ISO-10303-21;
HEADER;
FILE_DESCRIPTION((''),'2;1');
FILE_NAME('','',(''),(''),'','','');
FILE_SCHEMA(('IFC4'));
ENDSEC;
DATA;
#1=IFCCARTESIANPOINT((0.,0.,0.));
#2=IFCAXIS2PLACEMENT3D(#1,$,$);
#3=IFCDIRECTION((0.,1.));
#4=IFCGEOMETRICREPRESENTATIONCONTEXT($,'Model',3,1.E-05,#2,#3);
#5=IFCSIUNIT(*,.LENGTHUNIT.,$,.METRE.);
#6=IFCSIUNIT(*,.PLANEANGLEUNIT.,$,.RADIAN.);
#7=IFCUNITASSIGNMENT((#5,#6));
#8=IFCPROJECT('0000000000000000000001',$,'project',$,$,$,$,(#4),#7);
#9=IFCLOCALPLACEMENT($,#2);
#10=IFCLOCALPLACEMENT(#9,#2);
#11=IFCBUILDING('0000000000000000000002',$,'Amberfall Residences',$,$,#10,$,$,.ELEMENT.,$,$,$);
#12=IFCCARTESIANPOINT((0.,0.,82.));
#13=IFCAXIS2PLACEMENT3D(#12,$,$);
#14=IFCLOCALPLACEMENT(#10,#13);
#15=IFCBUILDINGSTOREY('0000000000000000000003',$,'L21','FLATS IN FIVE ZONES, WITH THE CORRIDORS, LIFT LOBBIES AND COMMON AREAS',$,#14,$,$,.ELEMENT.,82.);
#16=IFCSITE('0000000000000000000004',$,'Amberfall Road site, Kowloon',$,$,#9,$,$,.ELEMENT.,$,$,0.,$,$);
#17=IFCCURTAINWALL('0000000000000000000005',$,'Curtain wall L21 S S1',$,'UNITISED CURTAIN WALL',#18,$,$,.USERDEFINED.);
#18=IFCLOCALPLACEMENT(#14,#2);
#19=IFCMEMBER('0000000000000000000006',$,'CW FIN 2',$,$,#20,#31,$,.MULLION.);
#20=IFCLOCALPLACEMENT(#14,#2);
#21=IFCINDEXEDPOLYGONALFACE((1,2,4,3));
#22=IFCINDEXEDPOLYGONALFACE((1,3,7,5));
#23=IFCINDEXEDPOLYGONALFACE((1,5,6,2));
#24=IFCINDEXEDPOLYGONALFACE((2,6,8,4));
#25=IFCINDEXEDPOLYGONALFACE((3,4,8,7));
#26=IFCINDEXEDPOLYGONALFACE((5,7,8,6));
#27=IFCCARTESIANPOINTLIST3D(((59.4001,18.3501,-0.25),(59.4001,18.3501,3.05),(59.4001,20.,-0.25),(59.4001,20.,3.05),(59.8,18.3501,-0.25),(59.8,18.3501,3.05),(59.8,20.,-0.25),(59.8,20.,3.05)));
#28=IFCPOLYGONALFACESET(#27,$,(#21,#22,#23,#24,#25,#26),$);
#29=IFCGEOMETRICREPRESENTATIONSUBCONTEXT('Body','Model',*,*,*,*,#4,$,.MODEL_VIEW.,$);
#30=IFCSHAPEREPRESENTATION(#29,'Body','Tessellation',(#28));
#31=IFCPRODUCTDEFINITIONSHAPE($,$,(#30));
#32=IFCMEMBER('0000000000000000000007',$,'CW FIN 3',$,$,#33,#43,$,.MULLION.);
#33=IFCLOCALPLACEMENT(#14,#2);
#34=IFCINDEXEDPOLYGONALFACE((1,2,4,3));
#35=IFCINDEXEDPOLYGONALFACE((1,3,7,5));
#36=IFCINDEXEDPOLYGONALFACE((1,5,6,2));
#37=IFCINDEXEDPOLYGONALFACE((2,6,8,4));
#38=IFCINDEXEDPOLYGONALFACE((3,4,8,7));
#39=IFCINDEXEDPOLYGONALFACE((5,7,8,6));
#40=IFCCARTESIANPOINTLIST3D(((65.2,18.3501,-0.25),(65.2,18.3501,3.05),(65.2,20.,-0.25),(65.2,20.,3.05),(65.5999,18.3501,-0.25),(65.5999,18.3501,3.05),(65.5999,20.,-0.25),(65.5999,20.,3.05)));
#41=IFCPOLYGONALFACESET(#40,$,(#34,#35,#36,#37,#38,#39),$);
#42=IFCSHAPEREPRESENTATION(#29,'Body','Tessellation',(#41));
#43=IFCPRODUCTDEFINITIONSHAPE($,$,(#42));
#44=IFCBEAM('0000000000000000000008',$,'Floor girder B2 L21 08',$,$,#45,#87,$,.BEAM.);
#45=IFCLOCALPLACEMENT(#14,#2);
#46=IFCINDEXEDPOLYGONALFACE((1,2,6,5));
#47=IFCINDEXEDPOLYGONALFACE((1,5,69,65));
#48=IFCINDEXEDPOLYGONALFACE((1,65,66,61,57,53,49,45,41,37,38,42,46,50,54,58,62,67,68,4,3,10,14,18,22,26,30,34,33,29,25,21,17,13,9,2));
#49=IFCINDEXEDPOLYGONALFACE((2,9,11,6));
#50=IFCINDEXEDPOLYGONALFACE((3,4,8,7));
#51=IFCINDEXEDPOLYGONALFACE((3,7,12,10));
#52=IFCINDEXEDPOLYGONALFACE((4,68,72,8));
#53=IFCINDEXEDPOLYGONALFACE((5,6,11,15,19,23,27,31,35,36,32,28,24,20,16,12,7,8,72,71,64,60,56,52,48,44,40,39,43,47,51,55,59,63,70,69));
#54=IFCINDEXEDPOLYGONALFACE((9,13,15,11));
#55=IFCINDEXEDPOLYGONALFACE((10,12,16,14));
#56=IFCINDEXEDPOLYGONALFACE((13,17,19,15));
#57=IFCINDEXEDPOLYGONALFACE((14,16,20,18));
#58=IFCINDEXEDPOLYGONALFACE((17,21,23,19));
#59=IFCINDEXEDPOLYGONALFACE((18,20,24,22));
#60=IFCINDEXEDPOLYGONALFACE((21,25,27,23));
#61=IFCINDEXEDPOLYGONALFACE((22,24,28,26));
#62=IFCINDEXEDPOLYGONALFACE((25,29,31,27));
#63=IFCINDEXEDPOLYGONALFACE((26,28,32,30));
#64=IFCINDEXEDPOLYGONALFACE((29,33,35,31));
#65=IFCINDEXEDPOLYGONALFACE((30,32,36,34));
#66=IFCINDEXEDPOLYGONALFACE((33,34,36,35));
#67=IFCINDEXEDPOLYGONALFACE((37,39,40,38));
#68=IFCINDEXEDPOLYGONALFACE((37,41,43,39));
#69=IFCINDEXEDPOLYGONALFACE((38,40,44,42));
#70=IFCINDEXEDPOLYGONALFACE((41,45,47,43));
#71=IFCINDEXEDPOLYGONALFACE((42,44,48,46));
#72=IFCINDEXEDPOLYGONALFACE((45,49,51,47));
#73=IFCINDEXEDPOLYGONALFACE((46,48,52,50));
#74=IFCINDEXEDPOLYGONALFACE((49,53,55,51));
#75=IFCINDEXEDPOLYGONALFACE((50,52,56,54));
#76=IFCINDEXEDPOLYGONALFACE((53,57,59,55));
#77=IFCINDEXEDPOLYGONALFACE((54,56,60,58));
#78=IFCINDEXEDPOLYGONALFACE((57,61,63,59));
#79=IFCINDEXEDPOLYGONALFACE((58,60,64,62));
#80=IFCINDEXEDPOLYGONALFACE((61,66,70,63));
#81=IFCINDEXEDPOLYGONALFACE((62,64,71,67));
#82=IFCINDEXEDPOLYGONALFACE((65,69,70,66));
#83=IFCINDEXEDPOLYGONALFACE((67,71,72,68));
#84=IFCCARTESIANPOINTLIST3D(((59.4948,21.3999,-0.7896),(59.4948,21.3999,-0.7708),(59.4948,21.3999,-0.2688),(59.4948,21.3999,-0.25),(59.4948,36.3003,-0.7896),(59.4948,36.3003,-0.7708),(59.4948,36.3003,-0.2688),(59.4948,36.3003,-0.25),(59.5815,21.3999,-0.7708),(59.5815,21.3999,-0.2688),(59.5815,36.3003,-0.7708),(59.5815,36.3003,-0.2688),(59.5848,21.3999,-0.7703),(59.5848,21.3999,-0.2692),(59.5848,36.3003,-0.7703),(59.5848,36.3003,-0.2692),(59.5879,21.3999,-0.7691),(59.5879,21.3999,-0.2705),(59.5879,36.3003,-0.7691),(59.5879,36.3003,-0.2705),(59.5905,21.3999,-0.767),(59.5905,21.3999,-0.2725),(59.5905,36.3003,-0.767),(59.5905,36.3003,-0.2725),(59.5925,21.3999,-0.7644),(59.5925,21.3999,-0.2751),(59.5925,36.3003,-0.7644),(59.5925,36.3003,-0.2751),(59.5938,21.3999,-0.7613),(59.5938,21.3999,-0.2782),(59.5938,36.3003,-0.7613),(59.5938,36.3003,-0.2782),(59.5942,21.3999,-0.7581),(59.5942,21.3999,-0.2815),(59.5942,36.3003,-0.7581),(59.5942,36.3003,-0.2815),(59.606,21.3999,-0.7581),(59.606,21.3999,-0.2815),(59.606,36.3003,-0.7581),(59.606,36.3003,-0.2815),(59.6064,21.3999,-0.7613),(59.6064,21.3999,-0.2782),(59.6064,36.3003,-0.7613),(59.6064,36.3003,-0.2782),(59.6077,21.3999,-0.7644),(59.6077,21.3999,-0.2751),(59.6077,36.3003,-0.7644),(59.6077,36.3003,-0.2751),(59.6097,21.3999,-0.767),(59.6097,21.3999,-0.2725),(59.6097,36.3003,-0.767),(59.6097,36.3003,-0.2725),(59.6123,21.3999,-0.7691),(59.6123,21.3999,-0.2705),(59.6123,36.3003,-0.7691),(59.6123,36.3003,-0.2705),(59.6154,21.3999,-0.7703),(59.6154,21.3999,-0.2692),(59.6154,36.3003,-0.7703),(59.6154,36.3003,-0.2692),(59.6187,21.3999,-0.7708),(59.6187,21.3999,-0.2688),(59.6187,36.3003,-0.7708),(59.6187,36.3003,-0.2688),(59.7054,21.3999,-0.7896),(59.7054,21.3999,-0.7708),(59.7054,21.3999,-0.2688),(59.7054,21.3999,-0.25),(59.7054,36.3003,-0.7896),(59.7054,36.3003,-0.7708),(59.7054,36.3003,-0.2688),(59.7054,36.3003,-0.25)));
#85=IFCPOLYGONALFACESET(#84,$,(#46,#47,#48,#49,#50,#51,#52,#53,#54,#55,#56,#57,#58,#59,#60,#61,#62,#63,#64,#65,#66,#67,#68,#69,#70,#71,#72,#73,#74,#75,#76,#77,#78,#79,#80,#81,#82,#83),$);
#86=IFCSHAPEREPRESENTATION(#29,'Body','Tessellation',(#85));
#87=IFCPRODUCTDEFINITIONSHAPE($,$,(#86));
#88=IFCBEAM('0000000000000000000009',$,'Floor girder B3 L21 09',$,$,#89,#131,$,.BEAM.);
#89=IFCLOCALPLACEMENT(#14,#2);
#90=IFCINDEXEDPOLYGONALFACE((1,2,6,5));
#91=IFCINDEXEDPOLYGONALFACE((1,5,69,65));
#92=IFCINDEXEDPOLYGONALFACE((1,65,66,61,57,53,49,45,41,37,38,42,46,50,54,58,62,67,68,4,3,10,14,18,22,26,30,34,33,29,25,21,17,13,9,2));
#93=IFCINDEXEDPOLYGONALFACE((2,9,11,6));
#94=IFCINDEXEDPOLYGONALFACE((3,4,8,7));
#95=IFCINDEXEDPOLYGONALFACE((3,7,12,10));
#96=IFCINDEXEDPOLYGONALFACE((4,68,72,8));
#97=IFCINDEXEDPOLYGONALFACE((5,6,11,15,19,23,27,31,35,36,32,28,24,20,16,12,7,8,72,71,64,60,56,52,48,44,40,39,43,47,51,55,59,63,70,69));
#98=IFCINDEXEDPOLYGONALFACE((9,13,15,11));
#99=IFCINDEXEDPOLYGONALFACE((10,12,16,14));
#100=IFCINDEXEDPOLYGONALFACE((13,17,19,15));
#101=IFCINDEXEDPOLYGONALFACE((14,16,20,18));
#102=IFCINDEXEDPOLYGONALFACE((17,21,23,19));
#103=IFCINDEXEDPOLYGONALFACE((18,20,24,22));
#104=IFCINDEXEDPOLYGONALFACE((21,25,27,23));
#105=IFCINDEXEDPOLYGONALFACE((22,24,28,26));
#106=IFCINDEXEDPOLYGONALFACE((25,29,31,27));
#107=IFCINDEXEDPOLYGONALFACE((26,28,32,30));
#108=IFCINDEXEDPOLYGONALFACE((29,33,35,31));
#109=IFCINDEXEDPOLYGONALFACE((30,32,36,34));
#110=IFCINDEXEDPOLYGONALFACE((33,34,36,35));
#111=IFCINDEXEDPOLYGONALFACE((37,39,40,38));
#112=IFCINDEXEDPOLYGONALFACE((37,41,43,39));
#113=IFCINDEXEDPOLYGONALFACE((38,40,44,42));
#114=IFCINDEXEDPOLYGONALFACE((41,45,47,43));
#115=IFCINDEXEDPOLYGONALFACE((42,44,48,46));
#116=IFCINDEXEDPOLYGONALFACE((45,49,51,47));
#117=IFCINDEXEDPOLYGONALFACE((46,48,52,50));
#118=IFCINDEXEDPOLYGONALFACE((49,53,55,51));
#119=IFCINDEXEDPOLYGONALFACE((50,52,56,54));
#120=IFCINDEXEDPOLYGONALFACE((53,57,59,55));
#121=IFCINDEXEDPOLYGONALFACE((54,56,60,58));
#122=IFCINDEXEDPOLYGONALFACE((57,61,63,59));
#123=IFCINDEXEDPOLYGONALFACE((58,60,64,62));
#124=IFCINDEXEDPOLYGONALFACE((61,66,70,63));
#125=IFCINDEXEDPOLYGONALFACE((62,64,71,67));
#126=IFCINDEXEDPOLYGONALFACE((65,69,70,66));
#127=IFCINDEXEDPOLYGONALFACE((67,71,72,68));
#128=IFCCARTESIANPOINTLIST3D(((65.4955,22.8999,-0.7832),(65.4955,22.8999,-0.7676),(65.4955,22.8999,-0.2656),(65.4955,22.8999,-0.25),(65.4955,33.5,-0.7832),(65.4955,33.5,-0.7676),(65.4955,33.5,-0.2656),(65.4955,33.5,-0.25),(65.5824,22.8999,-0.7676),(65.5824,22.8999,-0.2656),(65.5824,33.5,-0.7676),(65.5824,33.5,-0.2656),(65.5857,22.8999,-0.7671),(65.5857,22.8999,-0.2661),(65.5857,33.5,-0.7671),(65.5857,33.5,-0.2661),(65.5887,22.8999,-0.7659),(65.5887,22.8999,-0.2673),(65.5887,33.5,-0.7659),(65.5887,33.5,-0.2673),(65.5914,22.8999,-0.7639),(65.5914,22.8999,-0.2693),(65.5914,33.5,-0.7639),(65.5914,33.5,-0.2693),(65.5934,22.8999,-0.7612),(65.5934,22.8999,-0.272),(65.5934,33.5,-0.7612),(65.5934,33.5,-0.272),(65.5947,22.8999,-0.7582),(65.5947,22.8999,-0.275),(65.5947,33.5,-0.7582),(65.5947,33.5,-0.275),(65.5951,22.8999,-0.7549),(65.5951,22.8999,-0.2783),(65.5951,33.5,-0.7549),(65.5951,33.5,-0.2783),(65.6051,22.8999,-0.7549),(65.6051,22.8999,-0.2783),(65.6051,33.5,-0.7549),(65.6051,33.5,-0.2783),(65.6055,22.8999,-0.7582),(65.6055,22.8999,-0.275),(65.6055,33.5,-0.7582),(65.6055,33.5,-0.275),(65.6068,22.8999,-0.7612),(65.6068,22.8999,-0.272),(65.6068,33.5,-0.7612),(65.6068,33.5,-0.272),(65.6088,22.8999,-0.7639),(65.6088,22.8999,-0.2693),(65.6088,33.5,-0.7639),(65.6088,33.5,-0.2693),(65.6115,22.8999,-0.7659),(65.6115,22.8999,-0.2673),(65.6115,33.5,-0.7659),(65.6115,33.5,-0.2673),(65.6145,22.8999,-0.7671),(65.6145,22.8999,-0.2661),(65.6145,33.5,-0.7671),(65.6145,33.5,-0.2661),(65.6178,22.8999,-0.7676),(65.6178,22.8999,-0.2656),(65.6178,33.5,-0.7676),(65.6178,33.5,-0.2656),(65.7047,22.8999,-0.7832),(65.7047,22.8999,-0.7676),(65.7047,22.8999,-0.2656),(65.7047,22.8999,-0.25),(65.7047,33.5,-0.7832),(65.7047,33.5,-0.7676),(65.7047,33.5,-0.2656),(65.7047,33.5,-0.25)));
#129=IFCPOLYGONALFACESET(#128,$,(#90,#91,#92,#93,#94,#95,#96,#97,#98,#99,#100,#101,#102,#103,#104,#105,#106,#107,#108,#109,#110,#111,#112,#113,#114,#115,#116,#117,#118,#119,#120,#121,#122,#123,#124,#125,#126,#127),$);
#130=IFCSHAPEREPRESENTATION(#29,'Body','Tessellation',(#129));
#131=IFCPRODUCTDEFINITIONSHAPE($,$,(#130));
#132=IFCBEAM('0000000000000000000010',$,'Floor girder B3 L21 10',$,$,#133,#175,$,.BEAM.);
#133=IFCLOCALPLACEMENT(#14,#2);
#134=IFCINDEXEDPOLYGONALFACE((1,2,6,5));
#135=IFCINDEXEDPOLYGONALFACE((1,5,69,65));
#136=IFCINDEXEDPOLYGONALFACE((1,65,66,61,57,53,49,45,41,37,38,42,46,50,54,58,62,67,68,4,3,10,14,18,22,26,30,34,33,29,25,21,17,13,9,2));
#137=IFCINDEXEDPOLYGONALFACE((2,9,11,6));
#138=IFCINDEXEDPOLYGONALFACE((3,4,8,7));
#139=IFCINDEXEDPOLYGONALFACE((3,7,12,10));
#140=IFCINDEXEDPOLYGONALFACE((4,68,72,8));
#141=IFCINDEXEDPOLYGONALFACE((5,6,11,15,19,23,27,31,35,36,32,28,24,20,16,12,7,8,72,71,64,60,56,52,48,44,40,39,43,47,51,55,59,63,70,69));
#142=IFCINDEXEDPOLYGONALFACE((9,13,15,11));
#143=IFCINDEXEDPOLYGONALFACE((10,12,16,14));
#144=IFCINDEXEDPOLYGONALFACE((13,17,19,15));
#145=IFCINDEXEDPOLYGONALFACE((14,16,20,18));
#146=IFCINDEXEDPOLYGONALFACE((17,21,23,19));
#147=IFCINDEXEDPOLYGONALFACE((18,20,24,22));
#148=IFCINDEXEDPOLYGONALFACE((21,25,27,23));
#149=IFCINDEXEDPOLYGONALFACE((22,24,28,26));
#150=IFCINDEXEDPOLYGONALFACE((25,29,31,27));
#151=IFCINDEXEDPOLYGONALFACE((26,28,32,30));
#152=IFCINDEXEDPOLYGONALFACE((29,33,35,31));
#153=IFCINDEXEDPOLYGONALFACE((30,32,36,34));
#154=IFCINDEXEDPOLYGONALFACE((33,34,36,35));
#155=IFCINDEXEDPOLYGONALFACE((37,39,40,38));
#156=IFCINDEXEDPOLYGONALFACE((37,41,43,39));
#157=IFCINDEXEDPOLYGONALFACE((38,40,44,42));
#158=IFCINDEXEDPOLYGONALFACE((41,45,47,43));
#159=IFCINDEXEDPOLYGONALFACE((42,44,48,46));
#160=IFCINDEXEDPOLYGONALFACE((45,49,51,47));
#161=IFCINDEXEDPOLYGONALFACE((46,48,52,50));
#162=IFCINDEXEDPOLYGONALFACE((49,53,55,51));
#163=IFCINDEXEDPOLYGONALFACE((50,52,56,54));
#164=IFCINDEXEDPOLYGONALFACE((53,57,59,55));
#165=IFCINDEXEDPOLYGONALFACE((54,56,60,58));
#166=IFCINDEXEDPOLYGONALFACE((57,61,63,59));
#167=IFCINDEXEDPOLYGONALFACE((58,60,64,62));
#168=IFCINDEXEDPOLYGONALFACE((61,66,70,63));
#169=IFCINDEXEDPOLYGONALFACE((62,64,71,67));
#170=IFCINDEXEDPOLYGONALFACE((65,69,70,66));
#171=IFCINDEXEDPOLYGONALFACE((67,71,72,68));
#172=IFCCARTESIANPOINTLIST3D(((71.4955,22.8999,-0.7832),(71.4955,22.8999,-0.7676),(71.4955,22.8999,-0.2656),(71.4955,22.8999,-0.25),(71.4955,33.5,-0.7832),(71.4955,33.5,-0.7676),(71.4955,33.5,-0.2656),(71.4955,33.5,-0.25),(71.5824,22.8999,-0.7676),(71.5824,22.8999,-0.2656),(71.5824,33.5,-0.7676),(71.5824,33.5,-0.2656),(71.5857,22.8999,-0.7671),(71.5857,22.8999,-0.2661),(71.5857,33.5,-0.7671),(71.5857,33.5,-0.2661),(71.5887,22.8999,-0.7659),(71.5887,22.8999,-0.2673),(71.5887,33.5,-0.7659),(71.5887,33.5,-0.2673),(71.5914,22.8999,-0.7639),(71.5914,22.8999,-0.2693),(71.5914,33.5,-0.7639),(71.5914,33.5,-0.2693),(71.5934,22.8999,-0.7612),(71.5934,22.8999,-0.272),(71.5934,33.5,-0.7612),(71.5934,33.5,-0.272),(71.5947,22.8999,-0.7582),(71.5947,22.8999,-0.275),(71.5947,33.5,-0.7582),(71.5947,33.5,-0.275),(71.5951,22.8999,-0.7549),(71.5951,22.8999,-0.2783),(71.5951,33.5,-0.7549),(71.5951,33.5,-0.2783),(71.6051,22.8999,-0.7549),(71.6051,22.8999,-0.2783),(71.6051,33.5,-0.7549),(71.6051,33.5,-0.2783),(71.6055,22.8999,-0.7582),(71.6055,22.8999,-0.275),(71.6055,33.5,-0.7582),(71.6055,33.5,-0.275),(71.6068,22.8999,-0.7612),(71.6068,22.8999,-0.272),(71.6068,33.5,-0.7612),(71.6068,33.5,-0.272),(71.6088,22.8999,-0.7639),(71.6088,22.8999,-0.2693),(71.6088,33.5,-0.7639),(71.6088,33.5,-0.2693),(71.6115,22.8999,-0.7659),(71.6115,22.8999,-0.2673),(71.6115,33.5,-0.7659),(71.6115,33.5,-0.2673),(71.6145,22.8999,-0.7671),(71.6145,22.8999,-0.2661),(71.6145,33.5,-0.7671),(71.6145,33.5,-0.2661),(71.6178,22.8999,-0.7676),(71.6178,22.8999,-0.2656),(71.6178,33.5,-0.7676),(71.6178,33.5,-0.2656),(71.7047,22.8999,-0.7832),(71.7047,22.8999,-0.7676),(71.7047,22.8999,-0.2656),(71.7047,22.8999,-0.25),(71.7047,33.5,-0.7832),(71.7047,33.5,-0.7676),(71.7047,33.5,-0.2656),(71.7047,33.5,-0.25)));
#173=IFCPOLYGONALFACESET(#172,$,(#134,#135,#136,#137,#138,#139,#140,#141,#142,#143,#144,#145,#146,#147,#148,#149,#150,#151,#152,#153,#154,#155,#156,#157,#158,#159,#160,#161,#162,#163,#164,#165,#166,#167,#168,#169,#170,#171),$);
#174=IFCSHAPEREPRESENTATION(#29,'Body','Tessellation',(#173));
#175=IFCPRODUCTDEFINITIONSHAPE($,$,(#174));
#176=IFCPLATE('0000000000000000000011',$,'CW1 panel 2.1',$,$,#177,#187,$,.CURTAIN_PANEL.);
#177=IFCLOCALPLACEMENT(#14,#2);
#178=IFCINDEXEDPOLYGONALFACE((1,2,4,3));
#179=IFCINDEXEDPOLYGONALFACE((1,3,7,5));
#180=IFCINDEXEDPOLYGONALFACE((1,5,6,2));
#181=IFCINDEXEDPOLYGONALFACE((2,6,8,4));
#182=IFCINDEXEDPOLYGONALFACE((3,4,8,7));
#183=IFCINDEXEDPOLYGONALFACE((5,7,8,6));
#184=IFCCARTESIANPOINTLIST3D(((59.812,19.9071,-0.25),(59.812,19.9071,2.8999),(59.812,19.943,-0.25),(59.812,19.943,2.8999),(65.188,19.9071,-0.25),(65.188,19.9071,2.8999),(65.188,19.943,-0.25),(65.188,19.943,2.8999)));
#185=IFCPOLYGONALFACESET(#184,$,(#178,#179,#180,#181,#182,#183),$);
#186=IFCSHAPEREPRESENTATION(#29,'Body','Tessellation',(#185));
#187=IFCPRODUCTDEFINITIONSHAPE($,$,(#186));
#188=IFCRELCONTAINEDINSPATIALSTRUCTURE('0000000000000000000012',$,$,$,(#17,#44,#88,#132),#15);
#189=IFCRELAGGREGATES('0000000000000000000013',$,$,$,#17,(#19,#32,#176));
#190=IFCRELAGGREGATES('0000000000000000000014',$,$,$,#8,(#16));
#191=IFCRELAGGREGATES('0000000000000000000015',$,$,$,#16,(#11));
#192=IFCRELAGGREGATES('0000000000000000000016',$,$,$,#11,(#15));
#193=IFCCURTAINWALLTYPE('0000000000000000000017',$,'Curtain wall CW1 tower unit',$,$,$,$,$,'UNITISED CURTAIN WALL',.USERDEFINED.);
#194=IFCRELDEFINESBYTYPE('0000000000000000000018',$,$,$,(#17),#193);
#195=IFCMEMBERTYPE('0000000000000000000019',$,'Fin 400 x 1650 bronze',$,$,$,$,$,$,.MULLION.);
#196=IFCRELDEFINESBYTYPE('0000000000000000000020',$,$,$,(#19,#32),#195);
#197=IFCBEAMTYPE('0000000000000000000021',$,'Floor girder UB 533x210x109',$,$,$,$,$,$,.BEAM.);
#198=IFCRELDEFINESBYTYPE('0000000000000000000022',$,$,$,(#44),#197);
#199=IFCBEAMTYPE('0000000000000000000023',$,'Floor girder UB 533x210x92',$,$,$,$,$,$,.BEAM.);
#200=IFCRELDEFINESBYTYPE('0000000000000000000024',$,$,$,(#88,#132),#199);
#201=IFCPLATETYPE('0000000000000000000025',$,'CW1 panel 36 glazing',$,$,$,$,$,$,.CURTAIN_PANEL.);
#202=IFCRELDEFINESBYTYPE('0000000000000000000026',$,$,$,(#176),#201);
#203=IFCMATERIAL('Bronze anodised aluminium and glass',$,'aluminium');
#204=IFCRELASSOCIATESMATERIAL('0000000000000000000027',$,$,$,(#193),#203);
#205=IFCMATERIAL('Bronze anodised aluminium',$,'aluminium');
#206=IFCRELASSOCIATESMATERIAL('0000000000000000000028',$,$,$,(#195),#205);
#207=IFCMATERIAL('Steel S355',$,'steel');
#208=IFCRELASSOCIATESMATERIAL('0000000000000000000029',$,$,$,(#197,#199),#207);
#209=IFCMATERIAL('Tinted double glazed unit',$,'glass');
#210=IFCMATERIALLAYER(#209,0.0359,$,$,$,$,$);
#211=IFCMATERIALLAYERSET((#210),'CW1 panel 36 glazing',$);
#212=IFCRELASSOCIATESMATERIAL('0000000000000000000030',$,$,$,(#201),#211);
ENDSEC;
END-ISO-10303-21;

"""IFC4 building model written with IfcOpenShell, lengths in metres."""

from ifc_helpers import new_model, si_unit, direction, frame, origin, origin_2d, place, context, subcontext, project, spatial, rectangle, i_section, extrude, material, layer, layer_set, material_profile, profile_set, type_object, element, aggregate, save


model = new_model("IFC4")

# Units and contexts
model_context = context("Model", 3, precision=1e-05, world=origin(), true_north=direction((0.0, 1.0)))
body_context = subcontext(model_context, "Body", "Model", "MODEL_VIEW")
ifc_project = project(units=[si_unit("LENGTHUNIT", "METRE"), si_unit("PLANEANGLEUNIT", "RADIAN")], contexts=[model_context])

# Site, building, storey
site_placement = place(None, origin())
site = spatial("IfcSite", under=ifc_project, at=site_placement, Name="Amberfall Road site, Kowloon", CompositionType="ELEMENT", RefElevation=0.0)
building_placement = place(site_placement, origin())
building = spatial("IfcBuilding", under=site, at=building_placement, Name="Amberfall Residences", CompositionType="ELEMENT")
storey_placement = place(building_placement, frame((0.0, 0.0, 82.0)))
storey = spatial("IfcBuildingStorey", under=building, at=storey_placement, Name="L21", Description="FLATS IN FIVE ZONES, WITH THE CORRIDORS, LIFT LOBBIES AND COMMON AREAS", CompositionType="ELEMENT", Elevation=82.0)

# Curtain wall
ifc_material_1 = material(Name="Bronze anodised aluminium and glass", Category="aluminium")
curtain_wall_type = type_object("IfcCurtainWallType", Name="Curtain wall CW1 tower unit", ElementType="UNITISED CURTAIN WALL", PredefinedType="USERDEFINED", material=ifc_material_1)
curtain_wall_placement = place(storey_placement, origin())
curtain_wall = element("IfcCurtainWall", 1, at=curtain_wall_placement, inside=storey, type_object=curtain_wall_type, Name="Curtain wall L21 S S1", ObjectType="UNITISED CURTAIN WALL", PredefinedType="USERDEFINED")
ifc_material_2 = material(Name="Bronze anodised aluminium", Category="aluminium")

# Shared definitions
ifc_material_3 = material(Name="Steel S355", Category="steel")

# Members
ifc_material_profile_1 = material_profile(ifc_material_2, rectangle(XDim=1.6499, YDim=0.3999, at=origin_2d()), Name="Fin 400 x 1650 bronze")
ifc_profile_set_1 = profile_set([ifc_material_profile_1], Name="Bronze anodised aluminium")
member_type_1 = type_object("IfcMemberType", Name="Fin 400 x 1650 bronze", PredefinedType="MULLION", material=ifc_profile_set_1)
member_1_placement = place(storey_placement, frame((59.6001, 19.175, -0.25), z_axis=(0.0, 0.0, 1.0), x_axis=(0.0, 1.0, 0.0)))
member_1 = element("IfcMember", 2, at=member_1_placement, type_object=member_type_1, Name="CW FIN 2", PredefinedType="MULLION", context=body_context, shape_type="SweptSolid", body=[
    extrude(rectangle(XDim=1.6499, YDim=0.3999, at=origin_2d()), origin(), (0.0, 0.0, 1.0), 3.3),
])
member_2_placement = place(storey_placement, frame((65.3999, 19.175, -0.25), z_axis=(0.0, 0.0, 1.0), x_axis=(0.0, 1.0, 0.0)))
member_2 = element("IfcMember", 3, at=member_2_placement, type_object=member_type_1, Name="CW FIN 3", PredefinedType="MULLION", context=body_context, shape_type="SweptSolid", body=[
    extrude(rectangle(XDim=1.6499, YDim=0.3999, at=origin_2d()), origin(), (0.0, 0.0, 1.0), 3.3),
])

# Beams
ifc_material_profile_2 = material_profile(ifc_material_3, i_section(OverallWidth=0.2107, OverallDepth=0.5396, WebThickness=0.0117, FlangeThickness=0.0188, FilletRadius=0.0127, at=origin_2d()), Name="UB 533x210x109")
ifc_profile_set_2 = profile_set([ifc_material_profile_2], Name="Steel S355")
beam_type_1 = type_object("IfcBeamType", Name="Floor girder UB 533x210x109", PredefinedType="BEAM", material=ifc_profile_set_2)
beam_1_placement = place(storey_placement, frame((59.6001, 21.3999, -0.5198), z_axis=(0.0, 1.0, 0.0), x_axis=(-1.0, 0.0, 0.0)))
element("IfcBeam", 4, at=beam_1_placement, inside=storey, type_object=beam_type_1, Name="Floor girder B2 L21 08", PredefinedType="BEAM", context=body_context, shape_type="SweptSolid", body=[
    extrude(i_section(OverallWidth=0.2107, OverallDepth=0.5396, WebThickness=0.0117, FlangeThickness=0.0188, FilletRadius=0.0127, at=origin_2d()), origin(), (0.0, 0.0, 1.0), 14.9004),
])
ifc_material_profile_3 = material_profile(ifc_material_3, i_section(OverallWidth=0.2092, OverallDepth=0.5332, WebThickness=0.01, FlangeThickness=0.0156, FilletRadius=0.0127, at=origin_2d()), Name="UB 533x210x92")
ifc_profile_set_3 = profile_set([ifc_material_profile_3], Name="Steel S355")
beam_type_2 = type_object("IfcBeamType", Name="Floor girder UB 533x210x92", PredefinedType="BEAM", material=ifc_profile_set_3)
for number, where, z_axis, x_axis, name in (
    (5, (65.6001, 22.8999, -0.5166), (0.0, 1.0, 0.0), (-1.0, 0.0, 0.0), "Floor girder B3 L21 09"),
    (6, (71.6001, 22.8999, -0.5166), (0.0, 1.0, 0.0), (-1.0, 0.0, 0.0), "Floor girder B3 L21 10"),
):
    element("IfcBeam", number, at=place(storey_placement, frame(where, z_axis=z_axis, x_axis=x_axis)), inside=storey, type_object=beam_type_2, Name=name, PredefinedType="BEAM", context=body_context, shape_type="SweptSolid", body=[
        extrude(i_section(OverallWidth=0.2092, OverallDepth=0.5332, WebThickness=0.01, FlangeThickness=0.0156, FilletRadius=0.0127, at=origin_2d()), origin(), (0.0, 0.0, 1.0), 10.6001),
    ])

# Plate
ifc_material_4 = material(Name="Tinted double glazed unit", Category="glass")
ifc_layer_1 = layer(ifc_material_4, 0.0359)
ifc_layer_set_1 = layer_set([ifc_layer_1], Name="CW1 panel 36 glazing")
plate_type = type_object("IfcPlateType", Name="CW1 panel 36 glazing", PredefinedType="CURTAIN_PANEL", material=ifc_layer_set_1)
plate_placement = place(storey_placement, frame((62.5, 19.925, -0.25), z_axis=(0.0, 0.0, 1.0), x_axis=(1.0, 0.0, 0.0)))
plate = element("IfcPlate", 7, at=plate_placement, type_object=plate_type, Name="CW1 panel 2.1", PredefinedType="CURTAIN_PANEL", context=body_context, shape_type="SweptSolid", body=[
    extrude(rectangle(XDim=5.376, YDim=0.0359, at=origin_2d()), origin(), (0.0, 0.0, 1.0), 3.1499),
])
aggregate(curtain_wall, [member_1, member_2, plate])

save(model, "model.ifc")
